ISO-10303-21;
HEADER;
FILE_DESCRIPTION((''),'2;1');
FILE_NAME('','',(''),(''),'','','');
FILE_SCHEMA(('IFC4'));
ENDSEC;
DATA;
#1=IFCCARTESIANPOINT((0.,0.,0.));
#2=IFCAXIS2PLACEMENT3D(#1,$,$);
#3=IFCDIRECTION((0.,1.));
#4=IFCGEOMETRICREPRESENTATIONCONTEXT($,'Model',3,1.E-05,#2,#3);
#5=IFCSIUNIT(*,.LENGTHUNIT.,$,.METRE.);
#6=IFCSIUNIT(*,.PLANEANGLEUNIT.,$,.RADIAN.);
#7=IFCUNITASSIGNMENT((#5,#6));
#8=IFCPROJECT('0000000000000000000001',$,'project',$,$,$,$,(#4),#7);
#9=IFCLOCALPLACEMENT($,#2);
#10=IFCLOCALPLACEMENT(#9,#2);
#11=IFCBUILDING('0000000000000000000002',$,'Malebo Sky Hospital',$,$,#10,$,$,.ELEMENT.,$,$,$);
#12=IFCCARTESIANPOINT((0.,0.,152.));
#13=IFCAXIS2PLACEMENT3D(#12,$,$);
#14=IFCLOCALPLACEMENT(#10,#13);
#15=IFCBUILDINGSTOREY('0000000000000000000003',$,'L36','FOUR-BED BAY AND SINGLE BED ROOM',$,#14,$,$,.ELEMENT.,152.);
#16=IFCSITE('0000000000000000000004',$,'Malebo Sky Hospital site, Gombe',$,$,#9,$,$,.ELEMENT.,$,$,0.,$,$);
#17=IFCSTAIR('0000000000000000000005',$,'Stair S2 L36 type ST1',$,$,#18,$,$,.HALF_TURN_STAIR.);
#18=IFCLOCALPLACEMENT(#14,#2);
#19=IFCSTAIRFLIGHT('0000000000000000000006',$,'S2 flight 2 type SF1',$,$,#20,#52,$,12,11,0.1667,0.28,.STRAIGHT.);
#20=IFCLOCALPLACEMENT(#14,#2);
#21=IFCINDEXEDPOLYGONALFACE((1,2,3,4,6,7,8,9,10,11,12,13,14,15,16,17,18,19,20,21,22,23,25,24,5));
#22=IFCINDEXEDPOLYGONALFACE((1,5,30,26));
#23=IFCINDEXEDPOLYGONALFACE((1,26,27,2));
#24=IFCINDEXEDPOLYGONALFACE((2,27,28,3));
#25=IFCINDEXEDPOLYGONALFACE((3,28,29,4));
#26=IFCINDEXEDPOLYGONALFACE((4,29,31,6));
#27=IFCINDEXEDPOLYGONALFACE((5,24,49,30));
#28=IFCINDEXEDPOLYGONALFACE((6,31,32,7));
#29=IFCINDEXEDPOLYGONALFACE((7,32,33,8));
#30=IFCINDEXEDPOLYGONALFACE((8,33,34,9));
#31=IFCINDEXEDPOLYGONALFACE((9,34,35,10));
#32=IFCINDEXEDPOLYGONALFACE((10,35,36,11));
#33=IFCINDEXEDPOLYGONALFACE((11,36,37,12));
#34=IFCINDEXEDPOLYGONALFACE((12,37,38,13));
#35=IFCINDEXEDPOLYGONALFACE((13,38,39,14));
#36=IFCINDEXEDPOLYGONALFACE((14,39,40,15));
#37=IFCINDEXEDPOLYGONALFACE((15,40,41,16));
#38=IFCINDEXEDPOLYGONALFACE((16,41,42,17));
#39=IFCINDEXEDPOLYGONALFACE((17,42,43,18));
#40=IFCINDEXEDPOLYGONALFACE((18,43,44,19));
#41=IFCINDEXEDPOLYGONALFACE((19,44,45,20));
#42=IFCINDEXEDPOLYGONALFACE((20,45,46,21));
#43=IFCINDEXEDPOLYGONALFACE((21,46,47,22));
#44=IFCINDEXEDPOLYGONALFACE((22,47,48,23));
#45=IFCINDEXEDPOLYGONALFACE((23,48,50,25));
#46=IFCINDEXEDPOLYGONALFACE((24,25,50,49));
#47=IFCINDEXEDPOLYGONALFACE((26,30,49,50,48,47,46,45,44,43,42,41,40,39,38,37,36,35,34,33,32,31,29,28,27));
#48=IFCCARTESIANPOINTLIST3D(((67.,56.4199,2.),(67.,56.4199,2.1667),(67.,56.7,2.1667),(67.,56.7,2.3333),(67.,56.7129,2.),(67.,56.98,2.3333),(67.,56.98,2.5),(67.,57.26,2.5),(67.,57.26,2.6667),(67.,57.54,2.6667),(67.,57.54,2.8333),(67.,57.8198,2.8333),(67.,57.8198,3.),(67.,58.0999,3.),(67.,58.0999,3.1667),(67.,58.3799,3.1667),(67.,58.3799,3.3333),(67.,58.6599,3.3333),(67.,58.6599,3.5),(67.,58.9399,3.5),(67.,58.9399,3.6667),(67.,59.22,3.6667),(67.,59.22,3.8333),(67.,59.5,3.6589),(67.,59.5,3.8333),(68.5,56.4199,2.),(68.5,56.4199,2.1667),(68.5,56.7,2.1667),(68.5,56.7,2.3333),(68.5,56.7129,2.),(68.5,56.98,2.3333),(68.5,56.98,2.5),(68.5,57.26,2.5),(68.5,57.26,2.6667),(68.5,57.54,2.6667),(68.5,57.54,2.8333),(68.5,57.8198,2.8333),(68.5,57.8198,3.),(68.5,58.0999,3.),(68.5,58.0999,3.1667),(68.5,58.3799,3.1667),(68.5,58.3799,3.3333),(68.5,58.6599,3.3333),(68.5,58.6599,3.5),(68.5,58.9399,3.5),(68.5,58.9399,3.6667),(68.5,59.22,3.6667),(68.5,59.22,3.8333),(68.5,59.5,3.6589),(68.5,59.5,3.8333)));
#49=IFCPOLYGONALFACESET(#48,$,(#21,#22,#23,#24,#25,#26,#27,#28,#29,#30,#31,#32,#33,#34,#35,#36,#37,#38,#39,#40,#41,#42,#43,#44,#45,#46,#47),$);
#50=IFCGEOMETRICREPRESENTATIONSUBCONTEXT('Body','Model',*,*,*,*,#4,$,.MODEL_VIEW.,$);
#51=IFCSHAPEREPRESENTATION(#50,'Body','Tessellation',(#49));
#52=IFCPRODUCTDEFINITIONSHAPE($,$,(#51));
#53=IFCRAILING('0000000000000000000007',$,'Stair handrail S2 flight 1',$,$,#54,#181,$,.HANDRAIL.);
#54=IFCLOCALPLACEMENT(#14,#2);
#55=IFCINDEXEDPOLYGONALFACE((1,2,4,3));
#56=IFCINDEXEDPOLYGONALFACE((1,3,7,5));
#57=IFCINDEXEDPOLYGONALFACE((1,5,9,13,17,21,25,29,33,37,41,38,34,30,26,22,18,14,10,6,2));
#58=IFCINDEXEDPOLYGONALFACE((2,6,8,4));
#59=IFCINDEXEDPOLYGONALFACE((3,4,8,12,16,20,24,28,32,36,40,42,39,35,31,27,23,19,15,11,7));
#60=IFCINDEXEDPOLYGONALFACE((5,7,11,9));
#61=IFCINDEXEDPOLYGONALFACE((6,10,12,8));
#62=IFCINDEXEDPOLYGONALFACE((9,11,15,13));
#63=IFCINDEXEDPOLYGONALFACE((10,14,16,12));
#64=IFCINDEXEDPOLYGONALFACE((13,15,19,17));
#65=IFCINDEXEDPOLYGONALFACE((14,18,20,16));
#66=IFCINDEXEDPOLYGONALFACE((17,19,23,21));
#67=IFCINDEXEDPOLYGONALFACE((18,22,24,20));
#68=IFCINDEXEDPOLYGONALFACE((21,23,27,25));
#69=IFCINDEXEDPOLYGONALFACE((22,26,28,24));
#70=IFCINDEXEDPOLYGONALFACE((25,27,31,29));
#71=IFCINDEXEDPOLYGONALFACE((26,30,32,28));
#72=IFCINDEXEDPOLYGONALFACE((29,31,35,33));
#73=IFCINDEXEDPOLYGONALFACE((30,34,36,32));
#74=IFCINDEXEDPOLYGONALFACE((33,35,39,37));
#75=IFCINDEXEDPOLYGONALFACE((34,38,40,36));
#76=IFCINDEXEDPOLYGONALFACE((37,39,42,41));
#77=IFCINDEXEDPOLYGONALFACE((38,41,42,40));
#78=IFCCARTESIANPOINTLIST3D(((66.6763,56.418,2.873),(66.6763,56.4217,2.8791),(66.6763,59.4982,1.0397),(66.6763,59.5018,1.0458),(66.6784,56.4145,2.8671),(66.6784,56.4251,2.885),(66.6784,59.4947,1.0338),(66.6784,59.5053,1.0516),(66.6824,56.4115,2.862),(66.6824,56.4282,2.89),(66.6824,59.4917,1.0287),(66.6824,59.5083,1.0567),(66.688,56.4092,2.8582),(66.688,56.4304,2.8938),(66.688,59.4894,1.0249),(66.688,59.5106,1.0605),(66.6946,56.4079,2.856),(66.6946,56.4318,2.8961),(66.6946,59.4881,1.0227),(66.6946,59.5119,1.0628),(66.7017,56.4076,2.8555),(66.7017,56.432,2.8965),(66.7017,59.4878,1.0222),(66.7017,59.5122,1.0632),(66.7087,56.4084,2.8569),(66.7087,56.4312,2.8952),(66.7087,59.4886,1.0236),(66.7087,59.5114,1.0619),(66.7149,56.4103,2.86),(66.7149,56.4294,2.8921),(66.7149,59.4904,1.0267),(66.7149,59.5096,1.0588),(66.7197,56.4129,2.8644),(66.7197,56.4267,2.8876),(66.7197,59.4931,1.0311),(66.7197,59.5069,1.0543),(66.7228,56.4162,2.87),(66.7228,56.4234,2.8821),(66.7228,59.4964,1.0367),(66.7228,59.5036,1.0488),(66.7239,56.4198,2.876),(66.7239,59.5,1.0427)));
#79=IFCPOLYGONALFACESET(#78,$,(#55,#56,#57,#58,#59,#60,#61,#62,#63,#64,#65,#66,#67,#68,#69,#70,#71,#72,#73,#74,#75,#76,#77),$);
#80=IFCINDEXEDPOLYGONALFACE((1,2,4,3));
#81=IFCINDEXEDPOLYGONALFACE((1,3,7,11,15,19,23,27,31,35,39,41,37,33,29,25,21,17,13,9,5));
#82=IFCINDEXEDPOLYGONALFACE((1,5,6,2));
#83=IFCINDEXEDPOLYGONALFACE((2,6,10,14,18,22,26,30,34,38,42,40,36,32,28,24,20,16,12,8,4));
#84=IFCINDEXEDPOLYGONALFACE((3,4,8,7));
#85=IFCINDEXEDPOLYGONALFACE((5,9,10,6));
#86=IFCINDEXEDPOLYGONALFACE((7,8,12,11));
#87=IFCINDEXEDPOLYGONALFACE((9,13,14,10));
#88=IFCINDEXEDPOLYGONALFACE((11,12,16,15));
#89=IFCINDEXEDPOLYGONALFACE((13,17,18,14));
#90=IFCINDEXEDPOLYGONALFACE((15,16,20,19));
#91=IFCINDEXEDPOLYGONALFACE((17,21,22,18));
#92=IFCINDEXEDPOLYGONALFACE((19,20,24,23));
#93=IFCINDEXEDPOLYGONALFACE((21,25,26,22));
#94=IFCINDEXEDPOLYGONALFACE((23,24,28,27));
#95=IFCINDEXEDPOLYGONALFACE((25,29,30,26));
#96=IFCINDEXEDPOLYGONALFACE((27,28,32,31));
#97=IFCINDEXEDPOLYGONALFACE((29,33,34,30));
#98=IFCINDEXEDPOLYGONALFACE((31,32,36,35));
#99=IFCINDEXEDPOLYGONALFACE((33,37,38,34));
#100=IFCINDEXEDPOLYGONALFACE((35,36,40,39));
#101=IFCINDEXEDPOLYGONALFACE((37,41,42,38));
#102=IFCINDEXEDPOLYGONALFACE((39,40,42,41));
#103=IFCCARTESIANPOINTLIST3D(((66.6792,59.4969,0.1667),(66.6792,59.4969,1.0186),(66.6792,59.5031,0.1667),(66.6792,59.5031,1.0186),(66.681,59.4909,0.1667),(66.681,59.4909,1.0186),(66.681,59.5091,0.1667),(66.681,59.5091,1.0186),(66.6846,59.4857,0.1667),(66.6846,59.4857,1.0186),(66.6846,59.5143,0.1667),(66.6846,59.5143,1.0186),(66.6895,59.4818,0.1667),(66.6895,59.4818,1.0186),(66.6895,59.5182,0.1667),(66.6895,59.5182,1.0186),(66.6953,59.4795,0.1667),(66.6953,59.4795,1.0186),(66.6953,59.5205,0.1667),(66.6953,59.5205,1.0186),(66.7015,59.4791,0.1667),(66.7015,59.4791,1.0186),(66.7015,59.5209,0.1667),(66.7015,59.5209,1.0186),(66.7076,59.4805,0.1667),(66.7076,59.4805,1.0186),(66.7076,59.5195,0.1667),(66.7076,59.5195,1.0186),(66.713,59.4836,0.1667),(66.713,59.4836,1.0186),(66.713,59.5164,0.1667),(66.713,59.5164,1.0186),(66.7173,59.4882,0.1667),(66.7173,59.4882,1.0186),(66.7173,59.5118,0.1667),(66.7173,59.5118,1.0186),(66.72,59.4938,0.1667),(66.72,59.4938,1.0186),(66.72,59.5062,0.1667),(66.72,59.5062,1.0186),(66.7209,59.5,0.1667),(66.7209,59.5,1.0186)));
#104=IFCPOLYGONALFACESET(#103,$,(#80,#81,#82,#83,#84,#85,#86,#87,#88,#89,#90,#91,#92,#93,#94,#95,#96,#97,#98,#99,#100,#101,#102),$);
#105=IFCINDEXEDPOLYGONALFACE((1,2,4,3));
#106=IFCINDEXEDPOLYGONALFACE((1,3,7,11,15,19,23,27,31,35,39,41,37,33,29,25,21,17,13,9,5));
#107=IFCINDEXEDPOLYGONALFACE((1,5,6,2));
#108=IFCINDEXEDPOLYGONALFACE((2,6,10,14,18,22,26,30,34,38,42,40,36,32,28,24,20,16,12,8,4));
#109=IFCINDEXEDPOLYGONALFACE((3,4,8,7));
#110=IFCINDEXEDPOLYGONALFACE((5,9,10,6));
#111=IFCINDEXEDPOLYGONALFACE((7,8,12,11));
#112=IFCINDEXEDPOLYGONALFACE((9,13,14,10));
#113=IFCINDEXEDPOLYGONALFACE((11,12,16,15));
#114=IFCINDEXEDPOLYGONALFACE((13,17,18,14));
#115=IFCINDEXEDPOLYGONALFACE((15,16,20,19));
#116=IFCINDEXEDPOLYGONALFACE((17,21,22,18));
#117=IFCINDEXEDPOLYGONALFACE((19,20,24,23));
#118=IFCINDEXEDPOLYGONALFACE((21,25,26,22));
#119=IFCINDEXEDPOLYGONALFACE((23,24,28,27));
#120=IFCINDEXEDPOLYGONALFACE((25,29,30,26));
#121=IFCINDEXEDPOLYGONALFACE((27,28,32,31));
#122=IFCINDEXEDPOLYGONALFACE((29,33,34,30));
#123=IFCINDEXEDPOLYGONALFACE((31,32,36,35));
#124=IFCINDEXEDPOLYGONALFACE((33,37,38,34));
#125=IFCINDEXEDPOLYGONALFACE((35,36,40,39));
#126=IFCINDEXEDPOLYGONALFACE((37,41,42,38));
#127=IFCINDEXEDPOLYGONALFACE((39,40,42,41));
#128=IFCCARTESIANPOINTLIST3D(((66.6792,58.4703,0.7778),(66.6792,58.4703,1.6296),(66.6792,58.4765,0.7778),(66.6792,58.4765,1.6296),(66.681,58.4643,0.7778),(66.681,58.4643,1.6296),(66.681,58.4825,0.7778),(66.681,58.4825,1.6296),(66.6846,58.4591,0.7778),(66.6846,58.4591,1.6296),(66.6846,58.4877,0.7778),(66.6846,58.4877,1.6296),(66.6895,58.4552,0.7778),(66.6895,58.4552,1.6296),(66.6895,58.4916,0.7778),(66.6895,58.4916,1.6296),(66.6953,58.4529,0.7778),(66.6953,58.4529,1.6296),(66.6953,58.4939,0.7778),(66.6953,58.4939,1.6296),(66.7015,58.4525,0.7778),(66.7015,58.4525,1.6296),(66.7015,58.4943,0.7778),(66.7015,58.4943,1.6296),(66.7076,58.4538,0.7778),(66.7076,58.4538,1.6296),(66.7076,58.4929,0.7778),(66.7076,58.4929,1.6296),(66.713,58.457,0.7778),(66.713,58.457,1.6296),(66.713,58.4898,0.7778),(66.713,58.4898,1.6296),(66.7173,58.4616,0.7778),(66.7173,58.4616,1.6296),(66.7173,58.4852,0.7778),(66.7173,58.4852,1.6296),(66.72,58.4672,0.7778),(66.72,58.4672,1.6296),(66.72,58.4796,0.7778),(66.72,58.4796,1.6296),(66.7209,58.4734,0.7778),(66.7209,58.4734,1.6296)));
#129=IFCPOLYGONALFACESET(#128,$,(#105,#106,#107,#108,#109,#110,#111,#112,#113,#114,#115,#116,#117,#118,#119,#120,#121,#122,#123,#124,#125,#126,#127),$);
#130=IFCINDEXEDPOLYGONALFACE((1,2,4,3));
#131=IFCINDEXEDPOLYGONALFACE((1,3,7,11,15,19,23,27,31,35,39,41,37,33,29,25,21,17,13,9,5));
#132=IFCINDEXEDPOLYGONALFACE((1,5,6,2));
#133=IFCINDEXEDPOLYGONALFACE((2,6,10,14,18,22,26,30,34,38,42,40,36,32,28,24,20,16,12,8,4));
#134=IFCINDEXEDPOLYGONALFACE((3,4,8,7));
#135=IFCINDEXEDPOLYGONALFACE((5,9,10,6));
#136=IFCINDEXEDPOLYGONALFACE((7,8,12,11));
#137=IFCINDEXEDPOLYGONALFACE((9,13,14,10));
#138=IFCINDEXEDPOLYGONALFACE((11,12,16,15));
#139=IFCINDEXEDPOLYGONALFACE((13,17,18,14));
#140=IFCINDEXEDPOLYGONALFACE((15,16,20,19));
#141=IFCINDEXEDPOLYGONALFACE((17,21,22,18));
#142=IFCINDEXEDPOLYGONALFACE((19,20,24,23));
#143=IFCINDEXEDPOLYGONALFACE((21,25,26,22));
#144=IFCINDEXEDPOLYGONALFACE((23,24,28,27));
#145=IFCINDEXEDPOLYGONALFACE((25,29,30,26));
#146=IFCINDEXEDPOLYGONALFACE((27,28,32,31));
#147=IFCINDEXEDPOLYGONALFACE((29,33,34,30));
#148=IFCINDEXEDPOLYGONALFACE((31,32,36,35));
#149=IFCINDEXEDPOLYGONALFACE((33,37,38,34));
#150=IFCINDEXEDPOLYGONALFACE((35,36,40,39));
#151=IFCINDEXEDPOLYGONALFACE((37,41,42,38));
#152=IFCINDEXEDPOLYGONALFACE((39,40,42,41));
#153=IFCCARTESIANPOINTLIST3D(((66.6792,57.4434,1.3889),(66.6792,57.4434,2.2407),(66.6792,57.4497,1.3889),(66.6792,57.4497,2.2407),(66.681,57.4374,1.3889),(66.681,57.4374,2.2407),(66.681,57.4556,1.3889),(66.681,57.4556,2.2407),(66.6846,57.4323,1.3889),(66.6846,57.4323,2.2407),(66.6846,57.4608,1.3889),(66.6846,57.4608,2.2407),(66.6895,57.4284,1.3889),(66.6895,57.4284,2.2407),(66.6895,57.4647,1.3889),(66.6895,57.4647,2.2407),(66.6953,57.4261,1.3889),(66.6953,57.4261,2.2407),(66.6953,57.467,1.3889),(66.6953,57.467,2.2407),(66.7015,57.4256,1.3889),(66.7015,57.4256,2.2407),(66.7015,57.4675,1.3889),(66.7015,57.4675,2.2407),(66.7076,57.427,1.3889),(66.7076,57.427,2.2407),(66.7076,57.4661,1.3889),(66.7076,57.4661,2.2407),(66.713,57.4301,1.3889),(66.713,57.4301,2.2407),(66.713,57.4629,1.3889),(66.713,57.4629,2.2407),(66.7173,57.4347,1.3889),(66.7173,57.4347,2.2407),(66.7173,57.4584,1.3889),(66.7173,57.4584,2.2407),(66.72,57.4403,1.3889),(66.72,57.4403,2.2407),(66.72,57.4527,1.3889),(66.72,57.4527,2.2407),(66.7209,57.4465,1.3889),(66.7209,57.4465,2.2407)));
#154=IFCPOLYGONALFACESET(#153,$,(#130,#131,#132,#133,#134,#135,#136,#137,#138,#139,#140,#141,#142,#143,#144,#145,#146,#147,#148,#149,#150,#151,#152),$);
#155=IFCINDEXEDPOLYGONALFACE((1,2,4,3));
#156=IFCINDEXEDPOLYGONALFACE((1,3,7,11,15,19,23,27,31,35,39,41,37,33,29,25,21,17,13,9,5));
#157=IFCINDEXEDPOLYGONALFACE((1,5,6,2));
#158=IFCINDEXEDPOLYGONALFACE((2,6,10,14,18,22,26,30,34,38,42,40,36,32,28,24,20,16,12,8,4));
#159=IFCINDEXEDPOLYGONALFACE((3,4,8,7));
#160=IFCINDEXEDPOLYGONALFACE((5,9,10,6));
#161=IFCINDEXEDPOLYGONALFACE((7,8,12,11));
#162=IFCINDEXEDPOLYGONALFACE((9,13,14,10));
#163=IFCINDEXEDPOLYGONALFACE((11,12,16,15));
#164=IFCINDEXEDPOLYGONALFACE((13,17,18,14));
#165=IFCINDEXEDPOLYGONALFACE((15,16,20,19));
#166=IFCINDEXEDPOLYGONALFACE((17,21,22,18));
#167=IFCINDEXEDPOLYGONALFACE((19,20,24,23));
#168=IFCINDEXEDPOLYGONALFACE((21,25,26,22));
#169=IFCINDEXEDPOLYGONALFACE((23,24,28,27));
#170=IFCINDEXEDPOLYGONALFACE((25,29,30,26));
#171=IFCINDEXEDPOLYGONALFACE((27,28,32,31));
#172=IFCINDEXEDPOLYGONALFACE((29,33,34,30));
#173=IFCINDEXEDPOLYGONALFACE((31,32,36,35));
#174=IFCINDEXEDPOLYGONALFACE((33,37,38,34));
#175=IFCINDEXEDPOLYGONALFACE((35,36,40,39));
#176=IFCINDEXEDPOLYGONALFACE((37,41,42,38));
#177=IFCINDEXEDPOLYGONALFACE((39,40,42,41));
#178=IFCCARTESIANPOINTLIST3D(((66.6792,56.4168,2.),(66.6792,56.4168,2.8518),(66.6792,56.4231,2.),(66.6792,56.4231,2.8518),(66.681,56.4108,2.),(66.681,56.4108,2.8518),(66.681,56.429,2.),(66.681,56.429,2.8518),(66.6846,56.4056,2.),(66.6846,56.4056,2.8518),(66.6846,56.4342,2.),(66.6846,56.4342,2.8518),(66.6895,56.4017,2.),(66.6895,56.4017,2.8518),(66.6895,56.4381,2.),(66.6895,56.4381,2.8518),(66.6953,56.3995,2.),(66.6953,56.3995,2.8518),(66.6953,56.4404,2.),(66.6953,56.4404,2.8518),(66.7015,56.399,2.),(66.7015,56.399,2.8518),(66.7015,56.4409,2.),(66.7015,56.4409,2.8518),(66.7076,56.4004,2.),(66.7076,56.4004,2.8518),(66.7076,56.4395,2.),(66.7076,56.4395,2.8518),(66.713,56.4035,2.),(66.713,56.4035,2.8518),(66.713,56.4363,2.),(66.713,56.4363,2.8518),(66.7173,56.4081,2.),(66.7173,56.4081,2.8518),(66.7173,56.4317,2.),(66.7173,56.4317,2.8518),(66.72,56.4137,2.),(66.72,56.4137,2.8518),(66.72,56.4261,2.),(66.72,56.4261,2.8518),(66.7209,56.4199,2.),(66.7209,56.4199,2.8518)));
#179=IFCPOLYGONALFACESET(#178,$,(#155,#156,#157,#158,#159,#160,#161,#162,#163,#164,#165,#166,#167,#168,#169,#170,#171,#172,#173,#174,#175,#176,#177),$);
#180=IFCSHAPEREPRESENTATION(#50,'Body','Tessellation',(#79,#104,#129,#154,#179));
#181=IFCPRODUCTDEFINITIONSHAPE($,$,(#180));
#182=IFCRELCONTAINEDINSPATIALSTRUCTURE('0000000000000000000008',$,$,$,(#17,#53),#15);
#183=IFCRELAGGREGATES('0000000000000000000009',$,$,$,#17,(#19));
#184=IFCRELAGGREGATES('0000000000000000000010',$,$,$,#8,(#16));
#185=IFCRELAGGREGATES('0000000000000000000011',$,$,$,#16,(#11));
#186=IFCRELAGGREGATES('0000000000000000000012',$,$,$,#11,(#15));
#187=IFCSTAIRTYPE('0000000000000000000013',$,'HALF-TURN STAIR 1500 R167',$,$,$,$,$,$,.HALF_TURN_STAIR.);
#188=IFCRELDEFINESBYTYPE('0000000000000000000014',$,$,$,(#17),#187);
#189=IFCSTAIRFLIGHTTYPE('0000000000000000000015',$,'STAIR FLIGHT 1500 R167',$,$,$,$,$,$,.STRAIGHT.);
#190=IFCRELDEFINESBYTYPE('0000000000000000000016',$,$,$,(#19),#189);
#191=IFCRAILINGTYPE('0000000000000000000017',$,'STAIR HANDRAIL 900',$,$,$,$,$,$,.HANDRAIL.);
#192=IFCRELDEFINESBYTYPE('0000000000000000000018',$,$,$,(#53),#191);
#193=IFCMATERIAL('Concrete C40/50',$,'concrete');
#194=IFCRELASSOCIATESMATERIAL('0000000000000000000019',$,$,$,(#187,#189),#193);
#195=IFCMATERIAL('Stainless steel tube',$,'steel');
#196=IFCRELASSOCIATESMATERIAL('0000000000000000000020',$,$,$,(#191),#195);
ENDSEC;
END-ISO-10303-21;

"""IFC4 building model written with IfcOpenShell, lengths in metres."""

from ifc_helpers import new_model, si_unit, direction, frame, origin, origin_2d, place, context, subcontext, project, spatial, polyline, circle, outline, extrude, material, type_object, element, aggregate, save


model = new_model("IFC4")

# Units and contexts
model_context = context("Model", 3, precision=1e-05, world=origin(), true_north=direction((0.0, 1.0)))
body_context = subcontext(model_context, "Body", "Model", "MODEL_VIEW")
ifc_project = project(units=[si_unit("LENGTHUNIT", "METRE"), si_unit("PLANEANGLEUNIT", "RADIAN")], contexts=[model_context])

# Site, building, storey
site_placement = place(None, origin())
site = spatial("IfcSite", under=ifc_project, at=site_placement, Name="Malebo Sky Hospital site, Gombe", CompositionType="ELEMENT", RefElevation=0.0)
building_placement = place(site_placement, origin())
building = spatial("IfcBuilding", under=site, at=building_placement, Name="Malebo Sky Hospital", CompositionType="ELEMENT")
storey_placement = place(building_placement, frame((0.0, 0.0, 152.0)))
storey = spatial("IfcBuildingStorey", under=building, at=storey_placement, Name="L36", Description="FOUR-BED BAY AND SINGLE BED ROOM", CompositionType="ELEMENT", Elevation=152.0)

# Stair, stair flight
ifc_material_1 = material(Name="Concrete C40/50", Category="concrete")
stair_type = type_object("IfcStairType", Name="HALF-TURN STAIR 1500 R167", PredefinedType="HALF_TURN_STAIR", material=ifc_material_1)
stair_placement = place(storey_placement, origin())
stair = element("IfcStair", 1, at=stair_placement, inside=storey, type_object=stair_type, Name="Stair S2 L36 type ST1", PredefinedType="HALF_TURN_STAIR")
stair_flight_type = type_object("IfcStairFlightType", Name="STAIR FLIGHT 1500 R167", PredefinedType="STRAIGHT", material=ifc_material_1)
stair_flight_1_placement = place(storey_placement, frame((67.75, 56.4199, 2.0), z_axis=(0.0, 0.0, 1.0), x_axis=(0.0, 1.0, 0.0)))
stair_flight_1 = element("IfcStairFlight", 2, at=stair_flight_1_placement, type_object=stair_flight_type, Name="S2 flight 2 type SF1", NumberOfRisers=12, NumberOfTreads=11, PredefinedType="STRAIGHT", RiserHeight=0.1667, TreadLength=0.28, context=body_context, shape_type="SweptSolid", body=[
    extrude(outline(polyline([(0.0, 0.0), (0.0, 0.1667), (0.28, 0.1667), (0.28, 0.3333), (0.5601, 0.3333), (0.5601, 0.5), (0.8401, 0.5), (0.8401, 0.6667), (1.1201, 0.6667), (1.1201, 0.8333), (1.3999, 0.8333), (1.3999, 1.0), (1.6799, 1.0), (1.6799, 1.1667), (1.96, 1.1667), (1.96, 1.3333), (2.24, 1.3333), (2.24, 1.5), (2.52, 1.5), (2.52, 1.6667), (2.8, 1.6667), (2.8, 1.8333), (3.0801, 1.8333), (3.0801, 2.0), (3.0801, 1.6589), (0.293, 0.0), (0.0, 0.0)])), frame((0.0, 0.75, 0.0), z_axis=(0.0, -1.0, 0.0), x_axis=(1.0, 0.0, 0.0)), (0.0, 0.0, 1.0), 1.5),
])
aggregate(stair, [stair_flight_1])

# Railing
ifc_material_2 = material(Name="Stainless steel tube", Category="steel")
railing_type = type_object("IfcRailingType", Name="STAIR HANDRAIL 900", PredefinedType="HANDRAIL", material=ifc_material_2)
railing_1_placement = place(storey_placement, frame((66.7, 59.5, 0.1667)))
element("IfcRailing", 3, at=railing_1_placement, inside=storey, type_object=railing_type, Name="Stair handrail S2 flight 1", PredefinedType="HANDRAIL", context=body_context, shape_type="SweptSolid", body=[
    extrude(circle(Radius=0.0239, at=origin_2d()), frame((0.0, 0.0, 0.876), z_axis=(0.0, -0.859309, 0.511458), x_axis=(1.0, 0.0, 0.0)), (0.0, 0.0, 1.0), 3.5845),
    extrude(circle(Radius=0.021, at=origin_2d()), origin(), (0.0, 0.0, 1.0), 0.8518),
    extrude(circle(Radius=0.021, at=origin_2d()), frame((0.0, -1.0266, 0.6111)), (0.0, 0.0, 1.0), 0.8518),
    extrude(circle(Radius=0.021, at=origin_2d()), frame((0.0, -2.0535, 1.2222)), (0.0, 0.0, 1.0), 0.8518),
    extrude(circle(Radius=0.021, at=origin_2d()), frame((0.0, -3.0801, 1.8333)), (0.0, 0.0, 1.0), 0.8518),
])

save(model, "model.ifc")
